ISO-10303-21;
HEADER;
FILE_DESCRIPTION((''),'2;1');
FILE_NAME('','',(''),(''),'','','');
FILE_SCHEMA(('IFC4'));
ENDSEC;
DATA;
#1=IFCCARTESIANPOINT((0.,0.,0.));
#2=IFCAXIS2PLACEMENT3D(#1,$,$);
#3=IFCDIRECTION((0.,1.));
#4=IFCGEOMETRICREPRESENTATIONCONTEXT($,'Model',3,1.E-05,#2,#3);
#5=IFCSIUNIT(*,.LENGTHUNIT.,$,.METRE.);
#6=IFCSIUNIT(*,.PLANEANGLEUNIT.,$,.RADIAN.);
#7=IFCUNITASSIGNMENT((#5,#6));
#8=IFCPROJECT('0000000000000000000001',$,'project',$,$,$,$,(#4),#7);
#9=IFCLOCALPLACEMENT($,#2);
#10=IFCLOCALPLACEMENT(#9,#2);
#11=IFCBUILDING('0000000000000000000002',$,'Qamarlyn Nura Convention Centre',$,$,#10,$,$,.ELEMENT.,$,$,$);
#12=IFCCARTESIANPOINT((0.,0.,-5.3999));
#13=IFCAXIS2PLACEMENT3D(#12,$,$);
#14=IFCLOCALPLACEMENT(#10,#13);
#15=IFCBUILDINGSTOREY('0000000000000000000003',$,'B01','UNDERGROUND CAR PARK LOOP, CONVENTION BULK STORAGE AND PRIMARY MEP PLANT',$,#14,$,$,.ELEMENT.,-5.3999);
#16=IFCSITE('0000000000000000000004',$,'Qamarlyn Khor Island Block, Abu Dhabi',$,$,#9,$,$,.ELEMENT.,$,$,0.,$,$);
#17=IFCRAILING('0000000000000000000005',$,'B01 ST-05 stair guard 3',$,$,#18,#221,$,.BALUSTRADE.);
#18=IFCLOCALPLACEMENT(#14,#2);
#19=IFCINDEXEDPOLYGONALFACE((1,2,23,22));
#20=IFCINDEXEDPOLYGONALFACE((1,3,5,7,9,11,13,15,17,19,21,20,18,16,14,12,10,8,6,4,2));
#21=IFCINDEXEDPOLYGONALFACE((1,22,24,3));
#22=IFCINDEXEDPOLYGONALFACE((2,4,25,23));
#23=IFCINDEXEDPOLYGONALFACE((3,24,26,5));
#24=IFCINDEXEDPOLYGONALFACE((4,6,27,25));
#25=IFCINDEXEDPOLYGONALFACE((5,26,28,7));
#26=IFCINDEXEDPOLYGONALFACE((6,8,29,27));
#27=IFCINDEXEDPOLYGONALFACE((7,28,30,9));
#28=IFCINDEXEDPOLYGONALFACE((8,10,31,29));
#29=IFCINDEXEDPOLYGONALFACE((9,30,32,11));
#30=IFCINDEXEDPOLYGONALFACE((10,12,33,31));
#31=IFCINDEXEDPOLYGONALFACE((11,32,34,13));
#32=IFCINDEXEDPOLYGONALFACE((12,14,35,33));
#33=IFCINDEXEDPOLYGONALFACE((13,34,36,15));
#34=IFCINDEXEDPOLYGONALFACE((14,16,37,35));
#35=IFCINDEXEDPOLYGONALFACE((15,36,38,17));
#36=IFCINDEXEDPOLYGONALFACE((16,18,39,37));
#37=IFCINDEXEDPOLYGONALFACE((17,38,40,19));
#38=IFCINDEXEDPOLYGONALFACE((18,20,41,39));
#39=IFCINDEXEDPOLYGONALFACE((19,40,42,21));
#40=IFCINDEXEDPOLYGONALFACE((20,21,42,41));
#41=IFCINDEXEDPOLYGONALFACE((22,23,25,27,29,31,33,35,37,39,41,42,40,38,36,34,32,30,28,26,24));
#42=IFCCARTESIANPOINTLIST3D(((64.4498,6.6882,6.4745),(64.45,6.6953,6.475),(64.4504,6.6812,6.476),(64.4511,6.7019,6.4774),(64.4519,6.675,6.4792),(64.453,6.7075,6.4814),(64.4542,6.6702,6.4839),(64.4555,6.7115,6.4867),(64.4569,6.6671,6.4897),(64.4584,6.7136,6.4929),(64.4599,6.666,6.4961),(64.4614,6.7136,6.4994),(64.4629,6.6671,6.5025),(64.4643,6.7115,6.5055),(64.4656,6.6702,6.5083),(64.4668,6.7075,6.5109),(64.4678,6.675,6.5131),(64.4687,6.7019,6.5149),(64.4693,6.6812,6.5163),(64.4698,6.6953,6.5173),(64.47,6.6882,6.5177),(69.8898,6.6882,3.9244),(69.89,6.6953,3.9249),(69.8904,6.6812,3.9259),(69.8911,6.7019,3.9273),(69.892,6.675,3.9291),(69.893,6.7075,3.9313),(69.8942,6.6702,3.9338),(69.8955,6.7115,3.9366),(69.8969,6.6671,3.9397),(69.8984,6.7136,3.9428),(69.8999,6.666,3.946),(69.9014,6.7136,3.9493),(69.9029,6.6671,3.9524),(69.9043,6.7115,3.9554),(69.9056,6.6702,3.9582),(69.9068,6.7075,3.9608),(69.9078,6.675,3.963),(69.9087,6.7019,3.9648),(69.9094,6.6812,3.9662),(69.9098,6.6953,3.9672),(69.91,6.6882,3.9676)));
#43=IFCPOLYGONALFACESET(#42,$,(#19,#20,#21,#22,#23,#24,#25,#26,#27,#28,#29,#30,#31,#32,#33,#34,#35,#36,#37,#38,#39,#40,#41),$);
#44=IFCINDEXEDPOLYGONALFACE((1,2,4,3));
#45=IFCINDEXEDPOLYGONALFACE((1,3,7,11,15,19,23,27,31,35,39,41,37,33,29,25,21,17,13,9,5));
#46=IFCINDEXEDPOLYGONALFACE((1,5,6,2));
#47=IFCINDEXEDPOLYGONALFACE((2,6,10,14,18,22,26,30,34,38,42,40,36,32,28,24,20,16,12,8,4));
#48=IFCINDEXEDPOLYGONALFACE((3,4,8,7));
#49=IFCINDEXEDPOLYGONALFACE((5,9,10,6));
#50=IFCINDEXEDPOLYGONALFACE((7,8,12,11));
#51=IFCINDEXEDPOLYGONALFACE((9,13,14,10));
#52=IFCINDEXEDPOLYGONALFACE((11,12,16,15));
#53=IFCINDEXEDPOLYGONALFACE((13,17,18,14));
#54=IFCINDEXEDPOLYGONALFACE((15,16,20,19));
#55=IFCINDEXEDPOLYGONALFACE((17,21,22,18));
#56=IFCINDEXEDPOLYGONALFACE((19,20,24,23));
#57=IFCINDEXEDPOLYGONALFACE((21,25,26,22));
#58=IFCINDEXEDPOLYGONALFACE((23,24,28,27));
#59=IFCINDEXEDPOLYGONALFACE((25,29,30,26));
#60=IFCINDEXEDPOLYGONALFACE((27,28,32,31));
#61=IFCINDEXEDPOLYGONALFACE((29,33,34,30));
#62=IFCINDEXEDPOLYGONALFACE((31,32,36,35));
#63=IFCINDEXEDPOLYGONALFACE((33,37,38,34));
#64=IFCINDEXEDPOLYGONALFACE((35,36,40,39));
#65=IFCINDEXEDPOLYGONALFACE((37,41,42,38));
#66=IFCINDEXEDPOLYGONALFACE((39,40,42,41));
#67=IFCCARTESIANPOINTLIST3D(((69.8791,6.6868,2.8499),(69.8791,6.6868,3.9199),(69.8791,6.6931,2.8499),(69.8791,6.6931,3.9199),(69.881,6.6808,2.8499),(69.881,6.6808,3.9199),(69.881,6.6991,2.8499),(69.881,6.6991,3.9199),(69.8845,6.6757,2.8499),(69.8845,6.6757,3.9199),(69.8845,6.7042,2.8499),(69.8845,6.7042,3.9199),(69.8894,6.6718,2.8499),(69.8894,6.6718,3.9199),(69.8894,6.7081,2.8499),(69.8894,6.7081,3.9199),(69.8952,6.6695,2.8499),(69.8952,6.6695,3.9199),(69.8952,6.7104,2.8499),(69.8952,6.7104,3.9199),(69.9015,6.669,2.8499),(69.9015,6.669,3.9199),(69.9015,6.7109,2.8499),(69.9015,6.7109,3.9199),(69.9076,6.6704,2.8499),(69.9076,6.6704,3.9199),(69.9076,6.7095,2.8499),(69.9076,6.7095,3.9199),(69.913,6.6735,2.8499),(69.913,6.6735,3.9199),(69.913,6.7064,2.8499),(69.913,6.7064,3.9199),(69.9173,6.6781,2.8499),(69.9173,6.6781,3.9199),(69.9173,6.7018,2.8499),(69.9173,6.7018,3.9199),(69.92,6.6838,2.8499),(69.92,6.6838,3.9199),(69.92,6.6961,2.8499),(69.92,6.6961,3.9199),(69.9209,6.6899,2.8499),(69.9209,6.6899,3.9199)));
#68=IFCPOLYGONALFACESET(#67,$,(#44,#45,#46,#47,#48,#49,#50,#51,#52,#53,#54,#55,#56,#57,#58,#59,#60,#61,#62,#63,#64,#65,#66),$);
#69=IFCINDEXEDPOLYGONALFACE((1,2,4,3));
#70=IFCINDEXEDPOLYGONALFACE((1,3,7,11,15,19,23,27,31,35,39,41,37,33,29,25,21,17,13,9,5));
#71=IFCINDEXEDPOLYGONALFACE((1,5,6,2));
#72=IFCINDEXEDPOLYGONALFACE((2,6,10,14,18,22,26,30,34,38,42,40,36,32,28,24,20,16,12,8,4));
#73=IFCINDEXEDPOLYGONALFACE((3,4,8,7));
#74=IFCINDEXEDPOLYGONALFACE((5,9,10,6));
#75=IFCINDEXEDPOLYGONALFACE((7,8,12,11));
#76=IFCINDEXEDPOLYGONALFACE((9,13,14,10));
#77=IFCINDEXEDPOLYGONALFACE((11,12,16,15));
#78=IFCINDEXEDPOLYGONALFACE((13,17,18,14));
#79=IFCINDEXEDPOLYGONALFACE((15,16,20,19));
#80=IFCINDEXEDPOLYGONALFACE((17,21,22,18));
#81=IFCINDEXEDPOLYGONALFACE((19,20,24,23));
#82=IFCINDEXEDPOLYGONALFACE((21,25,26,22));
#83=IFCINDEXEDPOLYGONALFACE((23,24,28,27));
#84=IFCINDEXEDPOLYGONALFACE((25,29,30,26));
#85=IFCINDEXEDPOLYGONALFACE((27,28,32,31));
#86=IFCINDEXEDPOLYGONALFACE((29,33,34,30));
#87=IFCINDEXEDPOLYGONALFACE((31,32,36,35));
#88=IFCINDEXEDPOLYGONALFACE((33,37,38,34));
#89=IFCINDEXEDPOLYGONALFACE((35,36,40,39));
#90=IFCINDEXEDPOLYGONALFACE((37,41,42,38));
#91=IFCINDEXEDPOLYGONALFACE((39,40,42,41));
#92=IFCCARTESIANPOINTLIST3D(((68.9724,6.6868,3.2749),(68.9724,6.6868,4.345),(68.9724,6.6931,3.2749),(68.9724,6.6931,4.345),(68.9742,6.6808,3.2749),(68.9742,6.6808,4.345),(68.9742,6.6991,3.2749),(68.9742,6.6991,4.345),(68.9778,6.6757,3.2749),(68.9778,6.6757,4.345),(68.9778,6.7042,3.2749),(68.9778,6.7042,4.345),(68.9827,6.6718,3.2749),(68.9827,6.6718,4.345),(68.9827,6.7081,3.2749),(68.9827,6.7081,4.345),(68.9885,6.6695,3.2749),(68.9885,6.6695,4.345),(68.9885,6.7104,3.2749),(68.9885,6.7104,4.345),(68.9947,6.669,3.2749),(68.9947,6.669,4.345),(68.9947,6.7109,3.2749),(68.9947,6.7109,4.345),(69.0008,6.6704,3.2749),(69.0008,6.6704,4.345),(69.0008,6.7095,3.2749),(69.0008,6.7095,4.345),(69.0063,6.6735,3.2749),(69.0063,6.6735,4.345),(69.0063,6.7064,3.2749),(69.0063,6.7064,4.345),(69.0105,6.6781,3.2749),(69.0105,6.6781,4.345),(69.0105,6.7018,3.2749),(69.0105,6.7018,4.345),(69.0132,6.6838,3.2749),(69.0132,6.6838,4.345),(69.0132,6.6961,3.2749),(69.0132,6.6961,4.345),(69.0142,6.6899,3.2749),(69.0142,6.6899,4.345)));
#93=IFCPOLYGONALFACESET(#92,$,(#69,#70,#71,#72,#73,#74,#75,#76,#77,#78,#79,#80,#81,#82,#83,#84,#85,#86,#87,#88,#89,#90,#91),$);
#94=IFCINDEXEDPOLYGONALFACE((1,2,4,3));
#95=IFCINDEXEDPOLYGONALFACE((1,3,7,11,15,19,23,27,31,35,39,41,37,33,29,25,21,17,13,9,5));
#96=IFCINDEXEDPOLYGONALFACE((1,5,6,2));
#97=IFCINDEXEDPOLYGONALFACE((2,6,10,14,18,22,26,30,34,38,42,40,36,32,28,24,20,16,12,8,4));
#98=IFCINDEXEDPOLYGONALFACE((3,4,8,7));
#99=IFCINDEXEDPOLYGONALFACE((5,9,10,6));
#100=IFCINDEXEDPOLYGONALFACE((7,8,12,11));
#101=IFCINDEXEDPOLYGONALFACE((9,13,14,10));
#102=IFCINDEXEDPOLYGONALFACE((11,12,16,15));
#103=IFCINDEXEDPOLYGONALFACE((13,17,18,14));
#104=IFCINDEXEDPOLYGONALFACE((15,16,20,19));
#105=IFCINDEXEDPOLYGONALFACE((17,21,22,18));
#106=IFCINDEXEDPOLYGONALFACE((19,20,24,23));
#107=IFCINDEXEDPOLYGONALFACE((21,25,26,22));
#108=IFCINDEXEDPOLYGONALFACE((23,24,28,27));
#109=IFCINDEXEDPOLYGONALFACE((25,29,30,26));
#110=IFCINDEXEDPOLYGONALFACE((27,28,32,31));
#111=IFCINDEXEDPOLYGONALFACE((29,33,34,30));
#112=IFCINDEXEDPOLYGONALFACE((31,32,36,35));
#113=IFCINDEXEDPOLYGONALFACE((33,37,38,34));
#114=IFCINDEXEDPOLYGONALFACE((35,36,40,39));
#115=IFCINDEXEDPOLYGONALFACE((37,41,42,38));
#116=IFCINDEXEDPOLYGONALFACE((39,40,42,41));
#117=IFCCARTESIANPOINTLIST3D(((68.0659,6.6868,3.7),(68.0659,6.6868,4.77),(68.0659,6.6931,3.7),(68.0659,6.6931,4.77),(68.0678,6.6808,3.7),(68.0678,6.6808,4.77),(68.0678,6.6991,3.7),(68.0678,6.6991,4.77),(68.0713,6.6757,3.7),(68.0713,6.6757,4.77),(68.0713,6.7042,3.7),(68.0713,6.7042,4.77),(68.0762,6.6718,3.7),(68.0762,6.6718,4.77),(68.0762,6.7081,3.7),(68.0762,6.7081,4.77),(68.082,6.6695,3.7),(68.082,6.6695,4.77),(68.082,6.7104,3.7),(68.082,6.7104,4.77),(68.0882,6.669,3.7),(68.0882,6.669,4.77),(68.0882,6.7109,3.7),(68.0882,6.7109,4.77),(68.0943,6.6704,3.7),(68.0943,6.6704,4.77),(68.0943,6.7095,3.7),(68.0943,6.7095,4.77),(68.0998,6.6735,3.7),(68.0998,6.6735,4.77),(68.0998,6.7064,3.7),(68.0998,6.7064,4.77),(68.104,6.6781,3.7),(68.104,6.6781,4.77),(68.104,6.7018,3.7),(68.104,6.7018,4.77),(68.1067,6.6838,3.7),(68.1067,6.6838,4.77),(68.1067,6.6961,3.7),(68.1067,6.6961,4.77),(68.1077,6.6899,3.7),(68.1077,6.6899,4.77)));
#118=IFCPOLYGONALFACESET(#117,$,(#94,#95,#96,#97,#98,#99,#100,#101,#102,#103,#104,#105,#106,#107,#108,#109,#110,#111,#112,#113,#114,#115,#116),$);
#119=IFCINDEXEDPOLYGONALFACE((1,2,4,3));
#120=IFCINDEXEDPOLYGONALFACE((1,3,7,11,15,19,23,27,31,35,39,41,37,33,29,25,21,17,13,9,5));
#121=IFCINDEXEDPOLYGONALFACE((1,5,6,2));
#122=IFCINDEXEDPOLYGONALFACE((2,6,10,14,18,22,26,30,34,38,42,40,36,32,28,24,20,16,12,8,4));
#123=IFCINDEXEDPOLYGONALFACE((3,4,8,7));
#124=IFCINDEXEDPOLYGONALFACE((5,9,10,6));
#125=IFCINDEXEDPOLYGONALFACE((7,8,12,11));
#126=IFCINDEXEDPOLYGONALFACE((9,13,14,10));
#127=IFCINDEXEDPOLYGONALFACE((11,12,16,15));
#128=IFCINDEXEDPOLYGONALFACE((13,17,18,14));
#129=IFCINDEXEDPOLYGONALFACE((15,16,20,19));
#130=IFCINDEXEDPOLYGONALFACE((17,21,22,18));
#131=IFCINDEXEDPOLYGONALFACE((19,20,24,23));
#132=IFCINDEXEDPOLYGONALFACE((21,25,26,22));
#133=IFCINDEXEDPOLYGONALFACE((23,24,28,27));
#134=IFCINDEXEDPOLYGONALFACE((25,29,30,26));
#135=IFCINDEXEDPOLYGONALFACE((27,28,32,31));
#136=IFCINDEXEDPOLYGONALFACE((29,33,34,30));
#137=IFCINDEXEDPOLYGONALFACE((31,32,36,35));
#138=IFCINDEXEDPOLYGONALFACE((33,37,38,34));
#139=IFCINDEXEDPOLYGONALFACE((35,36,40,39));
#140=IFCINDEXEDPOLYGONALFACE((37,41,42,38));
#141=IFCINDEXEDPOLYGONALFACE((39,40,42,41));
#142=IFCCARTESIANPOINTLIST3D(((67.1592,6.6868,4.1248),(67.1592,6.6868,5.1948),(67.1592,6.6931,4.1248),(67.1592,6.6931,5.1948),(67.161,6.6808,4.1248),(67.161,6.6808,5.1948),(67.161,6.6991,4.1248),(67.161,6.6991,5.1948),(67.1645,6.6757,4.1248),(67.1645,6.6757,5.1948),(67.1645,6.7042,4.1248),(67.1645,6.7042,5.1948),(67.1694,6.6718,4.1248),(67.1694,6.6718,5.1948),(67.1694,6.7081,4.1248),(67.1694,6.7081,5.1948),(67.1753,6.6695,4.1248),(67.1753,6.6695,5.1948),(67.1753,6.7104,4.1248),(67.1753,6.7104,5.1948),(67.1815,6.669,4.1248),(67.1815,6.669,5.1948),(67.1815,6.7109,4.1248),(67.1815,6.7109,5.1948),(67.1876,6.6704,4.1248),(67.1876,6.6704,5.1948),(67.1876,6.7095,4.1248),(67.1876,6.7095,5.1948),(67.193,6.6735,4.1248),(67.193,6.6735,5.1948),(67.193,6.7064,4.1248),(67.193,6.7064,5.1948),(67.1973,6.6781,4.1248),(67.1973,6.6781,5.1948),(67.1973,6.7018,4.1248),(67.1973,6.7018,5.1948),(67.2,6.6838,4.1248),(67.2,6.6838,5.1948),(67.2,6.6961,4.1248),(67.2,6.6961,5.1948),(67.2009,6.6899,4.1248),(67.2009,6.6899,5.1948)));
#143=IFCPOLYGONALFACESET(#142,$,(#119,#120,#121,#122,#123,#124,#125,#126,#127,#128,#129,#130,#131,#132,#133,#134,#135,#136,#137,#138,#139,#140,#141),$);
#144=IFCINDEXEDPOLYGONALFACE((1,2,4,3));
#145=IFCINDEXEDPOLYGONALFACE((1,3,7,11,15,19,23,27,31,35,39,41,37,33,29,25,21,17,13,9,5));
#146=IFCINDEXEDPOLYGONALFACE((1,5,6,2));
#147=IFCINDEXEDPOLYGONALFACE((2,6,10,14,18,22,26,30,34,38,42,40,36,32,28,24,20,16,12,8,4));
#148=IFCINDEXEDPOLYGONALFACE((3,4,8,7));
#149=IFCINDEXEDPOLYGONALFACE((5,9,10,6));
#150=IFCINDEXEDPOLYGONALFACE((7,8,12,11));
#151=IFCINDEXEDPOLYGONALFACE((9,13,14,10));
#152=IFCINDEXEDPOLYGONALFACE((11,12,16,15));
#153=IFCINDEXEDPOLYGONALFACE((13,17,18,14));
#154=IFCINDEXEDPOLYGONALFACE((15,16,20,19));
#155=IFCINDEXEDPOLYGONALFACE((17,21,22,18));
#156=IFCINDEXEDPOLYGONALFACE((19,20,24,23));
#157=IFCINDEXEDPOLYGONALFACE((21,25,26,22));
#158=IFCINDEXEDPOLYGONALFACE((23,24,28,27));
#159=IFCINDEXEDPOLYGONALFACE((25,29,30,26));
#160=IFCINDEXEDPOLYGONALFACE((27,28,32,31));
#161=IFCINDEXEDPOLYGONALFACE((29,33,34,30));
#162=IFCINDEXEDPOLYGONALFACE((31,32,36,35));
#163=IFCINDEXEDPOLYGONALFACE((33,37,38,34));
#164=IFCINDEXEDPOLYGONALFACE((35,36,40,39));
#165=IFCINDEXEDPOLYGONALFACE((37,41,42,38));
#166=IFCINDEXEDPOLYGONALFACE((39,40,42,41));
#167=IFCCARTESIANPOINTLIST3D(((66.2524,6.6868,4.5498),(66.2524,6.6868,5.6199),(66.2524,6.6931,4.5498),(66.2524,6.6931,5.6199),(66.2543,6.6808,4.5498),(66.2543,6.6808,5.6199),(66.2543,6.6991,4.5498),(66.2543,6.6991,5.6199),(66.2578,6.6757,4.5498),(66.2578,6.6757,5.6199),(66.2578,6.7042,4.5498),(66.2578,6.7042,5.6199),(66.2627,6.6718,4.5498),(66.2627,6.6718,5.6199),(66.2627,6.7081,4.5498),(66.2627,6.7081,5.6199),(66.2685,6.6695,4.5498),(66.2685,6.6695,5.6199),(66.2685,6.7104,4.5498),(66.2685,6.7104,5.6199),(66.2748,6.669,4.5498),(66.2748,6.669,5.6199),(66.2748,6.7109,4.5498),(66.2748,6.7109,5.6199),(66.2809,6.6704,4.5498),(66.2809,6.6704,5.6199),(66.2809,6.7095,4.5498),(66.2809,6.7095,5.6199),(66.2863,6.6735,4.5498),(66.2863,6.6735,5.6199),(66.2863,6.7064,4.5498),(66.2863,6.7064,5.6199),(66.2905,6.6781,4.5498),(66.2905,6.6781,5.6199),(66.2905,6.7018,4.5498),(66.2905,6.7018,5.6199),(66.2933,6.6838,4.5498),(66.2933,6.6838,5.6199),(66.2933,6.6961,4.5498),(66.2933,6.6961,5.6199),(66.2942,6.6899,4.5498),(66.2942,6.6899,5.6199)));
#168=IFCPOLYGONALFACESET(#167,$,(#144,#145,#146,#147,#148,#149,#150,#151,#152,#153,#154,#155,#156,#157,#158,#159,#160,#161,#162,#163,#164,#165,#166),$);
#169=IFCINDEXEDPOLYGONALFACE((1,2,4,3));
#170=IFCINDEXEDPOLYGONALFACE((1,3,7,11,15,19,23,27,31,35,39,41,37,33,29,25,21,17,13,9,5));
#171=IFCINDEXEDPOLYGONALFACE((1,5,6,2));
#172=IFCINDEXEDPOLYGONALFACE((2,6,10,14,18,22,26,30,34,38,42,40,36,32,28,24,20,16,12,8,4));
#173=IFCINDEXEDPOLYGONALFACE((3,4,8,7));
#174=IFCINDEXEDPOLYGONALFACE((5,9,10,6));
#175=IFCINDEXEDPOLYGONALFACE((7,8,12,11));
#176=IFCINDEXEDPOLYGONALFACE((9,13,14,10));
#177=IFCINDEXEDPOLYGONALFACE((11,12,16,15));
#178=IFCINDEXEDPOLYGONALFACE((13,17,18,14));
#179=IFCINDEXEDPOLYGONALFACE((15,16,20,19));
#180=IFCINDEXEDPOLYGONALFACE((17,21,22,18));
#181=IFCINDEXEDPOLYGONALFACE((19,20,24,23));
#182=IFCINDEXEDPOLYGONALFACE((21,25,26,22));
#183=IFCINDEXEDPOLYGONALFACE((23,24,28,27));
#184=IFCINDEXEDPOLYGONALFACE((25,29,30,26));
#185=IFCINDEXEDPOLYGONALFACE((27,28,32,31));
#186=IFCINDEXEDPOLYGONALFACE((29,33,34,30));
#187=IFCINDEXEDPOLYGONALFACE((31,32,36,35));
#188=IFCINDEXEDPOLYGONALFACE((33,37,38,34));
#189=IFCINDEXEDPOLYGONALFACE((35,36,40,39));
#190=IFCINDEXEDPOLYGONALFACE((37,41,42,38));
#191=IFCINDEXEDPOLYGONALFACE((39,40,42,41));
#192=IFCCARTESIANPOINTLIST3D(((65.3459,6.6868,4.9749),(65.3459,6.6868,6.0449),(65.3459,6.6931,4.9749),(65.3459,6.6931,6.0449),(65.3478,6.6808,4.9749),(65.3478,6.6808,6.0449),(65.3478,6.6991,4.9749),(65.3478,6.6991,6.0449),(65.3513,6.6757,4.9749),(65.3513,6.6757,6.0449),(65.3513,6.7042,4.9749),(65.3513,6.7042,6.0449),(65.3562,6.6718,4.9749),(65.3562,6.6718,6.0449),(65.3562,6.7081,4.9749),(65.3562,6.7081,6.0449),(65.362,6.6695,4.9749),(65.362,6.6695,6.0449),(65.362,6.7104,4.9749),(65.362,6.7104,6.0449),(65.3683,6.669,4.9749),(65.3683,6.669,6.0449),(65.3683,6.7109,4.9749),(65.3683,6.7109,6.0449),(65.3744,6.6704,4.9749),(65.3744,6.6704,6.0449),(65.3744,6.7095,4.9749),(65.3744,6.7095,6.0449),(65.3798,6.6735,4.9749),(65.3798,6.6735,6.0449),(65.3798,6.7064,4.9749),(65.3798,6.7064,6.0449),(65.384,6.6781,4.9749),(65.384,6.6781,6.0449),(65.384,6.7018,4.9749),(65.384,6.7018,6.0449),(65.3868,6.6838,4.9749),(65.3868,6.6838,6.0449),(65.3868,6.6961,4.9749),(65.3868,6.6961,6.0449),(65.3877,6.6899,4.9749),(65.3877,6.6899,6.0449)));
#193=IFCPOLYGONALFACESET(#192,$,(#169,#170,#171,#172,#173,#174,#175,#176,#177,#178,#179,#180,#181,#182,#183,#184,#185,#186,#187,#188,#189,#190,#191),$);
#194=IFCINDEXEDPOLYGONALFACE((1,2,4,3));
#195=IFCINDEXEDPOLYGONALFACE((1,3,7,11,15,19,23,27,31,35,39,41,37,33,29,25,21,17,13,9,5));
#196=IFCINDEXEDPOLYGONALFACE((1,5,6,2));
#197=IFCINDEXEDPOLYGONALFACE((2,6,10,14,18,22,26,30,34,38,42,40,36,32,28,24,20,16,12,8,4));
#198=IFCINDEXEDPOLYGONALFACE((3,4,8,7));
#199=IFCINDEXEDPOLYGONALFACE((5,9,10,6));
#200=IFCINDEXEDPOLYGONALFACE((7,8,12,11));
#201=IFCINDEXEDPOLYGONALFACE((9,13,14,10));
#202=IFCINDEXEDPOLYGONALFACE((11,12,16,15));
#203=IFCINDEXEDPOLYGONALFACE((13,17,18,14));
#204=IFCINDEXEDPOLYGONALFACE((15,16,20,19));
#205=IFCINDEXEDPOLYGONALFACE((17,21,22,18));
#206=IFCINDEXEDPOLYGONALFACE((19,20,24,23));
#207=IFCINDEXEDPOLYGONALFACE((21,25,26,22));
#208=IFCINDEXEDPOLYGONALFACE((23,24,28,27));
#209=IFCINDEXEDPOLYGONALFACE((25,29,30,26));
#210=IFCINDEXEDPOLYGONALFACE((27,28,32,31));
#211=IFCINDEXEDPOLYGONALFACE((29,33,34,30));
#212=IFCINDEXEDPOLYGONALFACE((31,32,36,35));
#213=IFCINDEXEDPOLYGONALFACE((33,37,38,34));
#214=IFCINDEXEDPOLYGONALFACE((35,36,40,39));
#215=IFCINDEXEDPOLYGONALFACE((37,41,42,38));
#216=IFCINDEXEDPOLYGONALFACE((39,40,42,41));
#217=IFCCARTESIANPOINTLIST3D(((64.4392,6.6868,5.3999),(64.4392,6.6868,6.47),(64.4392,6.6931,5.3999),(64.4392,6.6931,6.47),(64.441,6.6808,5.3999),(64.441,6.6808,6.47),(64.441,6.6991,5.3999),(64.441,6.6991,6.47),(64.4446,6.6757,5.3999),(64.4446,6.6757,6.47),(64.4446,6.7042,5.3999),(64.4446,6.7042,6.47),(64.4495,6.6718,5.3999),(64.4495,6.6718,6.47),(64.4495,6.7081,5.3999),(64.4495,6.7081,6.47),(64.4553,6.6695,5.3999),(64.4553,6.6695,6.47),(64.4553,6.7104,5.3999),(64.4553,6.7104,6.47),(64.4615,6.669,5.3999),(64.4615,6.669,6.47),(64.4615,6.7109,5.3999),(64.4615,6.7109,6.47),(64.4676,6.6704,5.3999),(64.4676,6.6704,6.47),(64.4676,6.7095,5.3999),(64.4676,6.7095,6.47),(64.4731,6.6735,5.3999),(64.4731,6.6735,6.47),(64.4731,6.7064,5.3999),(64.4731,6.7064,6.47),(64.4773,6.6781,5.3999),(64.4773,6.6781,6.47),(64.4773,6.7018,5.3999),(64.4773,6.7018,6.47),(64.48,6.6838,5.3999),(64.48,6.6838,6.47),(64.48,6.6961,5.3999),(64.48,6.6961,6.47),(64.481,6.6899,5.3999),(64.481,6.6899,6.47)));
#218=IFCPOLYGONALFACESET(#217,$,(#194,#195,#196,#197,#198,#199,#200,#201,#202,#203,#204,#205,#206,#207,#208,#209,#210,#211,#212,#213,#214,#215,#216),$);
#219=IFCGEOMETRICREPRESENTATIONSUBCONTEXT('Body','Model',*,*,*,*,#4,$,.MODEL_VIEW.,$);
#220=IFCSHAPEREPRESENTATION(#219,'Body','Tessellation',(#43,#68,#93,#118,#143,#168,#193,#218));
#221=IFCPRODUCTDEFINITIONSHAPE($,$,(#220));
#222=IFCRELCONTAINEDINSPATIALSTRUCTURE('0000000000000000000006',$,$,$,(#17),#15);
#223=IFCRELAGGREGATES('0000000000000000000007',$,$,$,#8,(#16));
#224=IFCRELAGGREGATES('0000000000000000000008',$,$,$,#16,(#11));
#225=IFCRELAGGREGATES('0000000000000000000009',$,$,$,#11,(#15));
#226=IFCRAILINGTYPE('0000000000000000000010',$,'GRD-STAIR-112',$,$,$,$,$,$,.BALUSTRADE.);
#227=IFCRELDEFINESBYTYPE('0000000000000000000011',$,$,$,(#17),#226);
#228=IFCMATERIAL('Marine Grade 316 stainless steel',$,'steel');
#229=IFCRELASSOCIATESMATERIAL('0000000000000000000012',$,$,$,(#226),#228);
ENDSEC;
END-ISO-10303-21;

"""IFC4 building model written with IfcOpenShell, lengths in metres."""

from ifc_helpers import new_model, si_unit, direction, frame, origin, origin_2d, place, context, subcontext, project, spatial, circle, extrude, material, type_object, element, save


model = new_model("IFC4")

# Units and contexts
model_context = context("Model", 3, precision=1e-05, world=origin(), true_north=direction((0.0, 1.0)))
body_context = subcontext(model_context, "Body", "Model", "MODEL_VIEW")
ifc_project = project(units=[si_unit("LENGTHUNIT", "METRE"), si_unit("PLANEANGLEUNIT", "RADIAN")], contexts=[model_context])

# Site, building, storey
site_placement = place(None, origin())
site = spatial("IfcSite", under=ifc_project, at=site_placement, Name="Qamarlyn Khor Island Block, Abu Dhabi", CompositionType="ELEMENT", RefElevation=0.0)
building_placement = place(site_placement, origin())
building = spatial("IfcBuilding", under=site, at=building_placement, Name="Qamarlyn Nura Convention Centre", CompositionType="ELEMENT")
storey_placement = place(building_placement, frame((0.0, 0.0, -5.3999)))
storey = spatial("IfcBuildingStorey", under=building, at=storey_placement, Name="B01", Description="UNDERGROUND CAR PARK LOOP, CONVENTION BULK STORAGE AND PRIMARY MEP PLANT", CompositionType="ELEMENT", Elevation=-5.3999)

# Railing
ifc_material_1 = material(Name="Marine Grade 316 stainless steel", Category="steel")
railing_type_1 = type_object("IfcRailingType", Name="GRD-STAIR-112", PredefinedType="BALUSTRADE", material=ifc_material_1)
railing_1_placement = place(storey_placement, frame((69.8999, 6.6899, 2.8499)))
element("IfcRailing", 1, at=railing_1_placement, inside=storey, type_object=railing_type_1, Name="B01 ST-05 stair guard 3", PredefinedType="BALUSTRADE", context=body_context, shape_type="SweptSolid", body=[
    extrude(circle(Radius=0.0239, at=origin_2d()), frame((0.0, 0.0, 1.0962), z_axis=(-0.905454, 0.0, 0.424444), x_axis=(0.0, -1.0, 0.0)), (0.0, 0.0, 1.0), 6.0081),
    extrude(circle(Radius=0.021, at=origin_2d()), origin(), (0.0, 0.0, 1.0), 1.0701),
    extrude(circle(Radius=0.021, at=origin_2d()), frame((-0.9067, 0.0, 0.425)), (0.0, 0.0, 1.0), 1.0701),
    extrude(circle(Radius=0.021, at=origin_2d()), frame((-1.8132, 0.0, 0.8501)), (0.0, 0.0, 1.0), 1.0701),
    extrude(circle(Radius=0.021, at=origin_2d()), frame((-2.72, 0.0, 1.2749)), (0.0, 0.0, 1.0), 1.0701),
    extrude(circle(Radius=0.021, at=origin_2d()), frame((-3.6267, 0.0, 1.7)), (0.0, 0.0, 1.0), 1.0701),
    extrude(circle(Radius=0.021, at=origin_2d()), frame((-4.5332, 0.0, 2.125)), (0.0, 0.0, 1.0), 1.0701),
    extrude(circle(Radius=0.021, at=origin_2d()), frame((-5.4399, 0.0, 2.55)), (0.0, 0.0, 1.0), 1.0701),
])

save(model, "model.ifc")
